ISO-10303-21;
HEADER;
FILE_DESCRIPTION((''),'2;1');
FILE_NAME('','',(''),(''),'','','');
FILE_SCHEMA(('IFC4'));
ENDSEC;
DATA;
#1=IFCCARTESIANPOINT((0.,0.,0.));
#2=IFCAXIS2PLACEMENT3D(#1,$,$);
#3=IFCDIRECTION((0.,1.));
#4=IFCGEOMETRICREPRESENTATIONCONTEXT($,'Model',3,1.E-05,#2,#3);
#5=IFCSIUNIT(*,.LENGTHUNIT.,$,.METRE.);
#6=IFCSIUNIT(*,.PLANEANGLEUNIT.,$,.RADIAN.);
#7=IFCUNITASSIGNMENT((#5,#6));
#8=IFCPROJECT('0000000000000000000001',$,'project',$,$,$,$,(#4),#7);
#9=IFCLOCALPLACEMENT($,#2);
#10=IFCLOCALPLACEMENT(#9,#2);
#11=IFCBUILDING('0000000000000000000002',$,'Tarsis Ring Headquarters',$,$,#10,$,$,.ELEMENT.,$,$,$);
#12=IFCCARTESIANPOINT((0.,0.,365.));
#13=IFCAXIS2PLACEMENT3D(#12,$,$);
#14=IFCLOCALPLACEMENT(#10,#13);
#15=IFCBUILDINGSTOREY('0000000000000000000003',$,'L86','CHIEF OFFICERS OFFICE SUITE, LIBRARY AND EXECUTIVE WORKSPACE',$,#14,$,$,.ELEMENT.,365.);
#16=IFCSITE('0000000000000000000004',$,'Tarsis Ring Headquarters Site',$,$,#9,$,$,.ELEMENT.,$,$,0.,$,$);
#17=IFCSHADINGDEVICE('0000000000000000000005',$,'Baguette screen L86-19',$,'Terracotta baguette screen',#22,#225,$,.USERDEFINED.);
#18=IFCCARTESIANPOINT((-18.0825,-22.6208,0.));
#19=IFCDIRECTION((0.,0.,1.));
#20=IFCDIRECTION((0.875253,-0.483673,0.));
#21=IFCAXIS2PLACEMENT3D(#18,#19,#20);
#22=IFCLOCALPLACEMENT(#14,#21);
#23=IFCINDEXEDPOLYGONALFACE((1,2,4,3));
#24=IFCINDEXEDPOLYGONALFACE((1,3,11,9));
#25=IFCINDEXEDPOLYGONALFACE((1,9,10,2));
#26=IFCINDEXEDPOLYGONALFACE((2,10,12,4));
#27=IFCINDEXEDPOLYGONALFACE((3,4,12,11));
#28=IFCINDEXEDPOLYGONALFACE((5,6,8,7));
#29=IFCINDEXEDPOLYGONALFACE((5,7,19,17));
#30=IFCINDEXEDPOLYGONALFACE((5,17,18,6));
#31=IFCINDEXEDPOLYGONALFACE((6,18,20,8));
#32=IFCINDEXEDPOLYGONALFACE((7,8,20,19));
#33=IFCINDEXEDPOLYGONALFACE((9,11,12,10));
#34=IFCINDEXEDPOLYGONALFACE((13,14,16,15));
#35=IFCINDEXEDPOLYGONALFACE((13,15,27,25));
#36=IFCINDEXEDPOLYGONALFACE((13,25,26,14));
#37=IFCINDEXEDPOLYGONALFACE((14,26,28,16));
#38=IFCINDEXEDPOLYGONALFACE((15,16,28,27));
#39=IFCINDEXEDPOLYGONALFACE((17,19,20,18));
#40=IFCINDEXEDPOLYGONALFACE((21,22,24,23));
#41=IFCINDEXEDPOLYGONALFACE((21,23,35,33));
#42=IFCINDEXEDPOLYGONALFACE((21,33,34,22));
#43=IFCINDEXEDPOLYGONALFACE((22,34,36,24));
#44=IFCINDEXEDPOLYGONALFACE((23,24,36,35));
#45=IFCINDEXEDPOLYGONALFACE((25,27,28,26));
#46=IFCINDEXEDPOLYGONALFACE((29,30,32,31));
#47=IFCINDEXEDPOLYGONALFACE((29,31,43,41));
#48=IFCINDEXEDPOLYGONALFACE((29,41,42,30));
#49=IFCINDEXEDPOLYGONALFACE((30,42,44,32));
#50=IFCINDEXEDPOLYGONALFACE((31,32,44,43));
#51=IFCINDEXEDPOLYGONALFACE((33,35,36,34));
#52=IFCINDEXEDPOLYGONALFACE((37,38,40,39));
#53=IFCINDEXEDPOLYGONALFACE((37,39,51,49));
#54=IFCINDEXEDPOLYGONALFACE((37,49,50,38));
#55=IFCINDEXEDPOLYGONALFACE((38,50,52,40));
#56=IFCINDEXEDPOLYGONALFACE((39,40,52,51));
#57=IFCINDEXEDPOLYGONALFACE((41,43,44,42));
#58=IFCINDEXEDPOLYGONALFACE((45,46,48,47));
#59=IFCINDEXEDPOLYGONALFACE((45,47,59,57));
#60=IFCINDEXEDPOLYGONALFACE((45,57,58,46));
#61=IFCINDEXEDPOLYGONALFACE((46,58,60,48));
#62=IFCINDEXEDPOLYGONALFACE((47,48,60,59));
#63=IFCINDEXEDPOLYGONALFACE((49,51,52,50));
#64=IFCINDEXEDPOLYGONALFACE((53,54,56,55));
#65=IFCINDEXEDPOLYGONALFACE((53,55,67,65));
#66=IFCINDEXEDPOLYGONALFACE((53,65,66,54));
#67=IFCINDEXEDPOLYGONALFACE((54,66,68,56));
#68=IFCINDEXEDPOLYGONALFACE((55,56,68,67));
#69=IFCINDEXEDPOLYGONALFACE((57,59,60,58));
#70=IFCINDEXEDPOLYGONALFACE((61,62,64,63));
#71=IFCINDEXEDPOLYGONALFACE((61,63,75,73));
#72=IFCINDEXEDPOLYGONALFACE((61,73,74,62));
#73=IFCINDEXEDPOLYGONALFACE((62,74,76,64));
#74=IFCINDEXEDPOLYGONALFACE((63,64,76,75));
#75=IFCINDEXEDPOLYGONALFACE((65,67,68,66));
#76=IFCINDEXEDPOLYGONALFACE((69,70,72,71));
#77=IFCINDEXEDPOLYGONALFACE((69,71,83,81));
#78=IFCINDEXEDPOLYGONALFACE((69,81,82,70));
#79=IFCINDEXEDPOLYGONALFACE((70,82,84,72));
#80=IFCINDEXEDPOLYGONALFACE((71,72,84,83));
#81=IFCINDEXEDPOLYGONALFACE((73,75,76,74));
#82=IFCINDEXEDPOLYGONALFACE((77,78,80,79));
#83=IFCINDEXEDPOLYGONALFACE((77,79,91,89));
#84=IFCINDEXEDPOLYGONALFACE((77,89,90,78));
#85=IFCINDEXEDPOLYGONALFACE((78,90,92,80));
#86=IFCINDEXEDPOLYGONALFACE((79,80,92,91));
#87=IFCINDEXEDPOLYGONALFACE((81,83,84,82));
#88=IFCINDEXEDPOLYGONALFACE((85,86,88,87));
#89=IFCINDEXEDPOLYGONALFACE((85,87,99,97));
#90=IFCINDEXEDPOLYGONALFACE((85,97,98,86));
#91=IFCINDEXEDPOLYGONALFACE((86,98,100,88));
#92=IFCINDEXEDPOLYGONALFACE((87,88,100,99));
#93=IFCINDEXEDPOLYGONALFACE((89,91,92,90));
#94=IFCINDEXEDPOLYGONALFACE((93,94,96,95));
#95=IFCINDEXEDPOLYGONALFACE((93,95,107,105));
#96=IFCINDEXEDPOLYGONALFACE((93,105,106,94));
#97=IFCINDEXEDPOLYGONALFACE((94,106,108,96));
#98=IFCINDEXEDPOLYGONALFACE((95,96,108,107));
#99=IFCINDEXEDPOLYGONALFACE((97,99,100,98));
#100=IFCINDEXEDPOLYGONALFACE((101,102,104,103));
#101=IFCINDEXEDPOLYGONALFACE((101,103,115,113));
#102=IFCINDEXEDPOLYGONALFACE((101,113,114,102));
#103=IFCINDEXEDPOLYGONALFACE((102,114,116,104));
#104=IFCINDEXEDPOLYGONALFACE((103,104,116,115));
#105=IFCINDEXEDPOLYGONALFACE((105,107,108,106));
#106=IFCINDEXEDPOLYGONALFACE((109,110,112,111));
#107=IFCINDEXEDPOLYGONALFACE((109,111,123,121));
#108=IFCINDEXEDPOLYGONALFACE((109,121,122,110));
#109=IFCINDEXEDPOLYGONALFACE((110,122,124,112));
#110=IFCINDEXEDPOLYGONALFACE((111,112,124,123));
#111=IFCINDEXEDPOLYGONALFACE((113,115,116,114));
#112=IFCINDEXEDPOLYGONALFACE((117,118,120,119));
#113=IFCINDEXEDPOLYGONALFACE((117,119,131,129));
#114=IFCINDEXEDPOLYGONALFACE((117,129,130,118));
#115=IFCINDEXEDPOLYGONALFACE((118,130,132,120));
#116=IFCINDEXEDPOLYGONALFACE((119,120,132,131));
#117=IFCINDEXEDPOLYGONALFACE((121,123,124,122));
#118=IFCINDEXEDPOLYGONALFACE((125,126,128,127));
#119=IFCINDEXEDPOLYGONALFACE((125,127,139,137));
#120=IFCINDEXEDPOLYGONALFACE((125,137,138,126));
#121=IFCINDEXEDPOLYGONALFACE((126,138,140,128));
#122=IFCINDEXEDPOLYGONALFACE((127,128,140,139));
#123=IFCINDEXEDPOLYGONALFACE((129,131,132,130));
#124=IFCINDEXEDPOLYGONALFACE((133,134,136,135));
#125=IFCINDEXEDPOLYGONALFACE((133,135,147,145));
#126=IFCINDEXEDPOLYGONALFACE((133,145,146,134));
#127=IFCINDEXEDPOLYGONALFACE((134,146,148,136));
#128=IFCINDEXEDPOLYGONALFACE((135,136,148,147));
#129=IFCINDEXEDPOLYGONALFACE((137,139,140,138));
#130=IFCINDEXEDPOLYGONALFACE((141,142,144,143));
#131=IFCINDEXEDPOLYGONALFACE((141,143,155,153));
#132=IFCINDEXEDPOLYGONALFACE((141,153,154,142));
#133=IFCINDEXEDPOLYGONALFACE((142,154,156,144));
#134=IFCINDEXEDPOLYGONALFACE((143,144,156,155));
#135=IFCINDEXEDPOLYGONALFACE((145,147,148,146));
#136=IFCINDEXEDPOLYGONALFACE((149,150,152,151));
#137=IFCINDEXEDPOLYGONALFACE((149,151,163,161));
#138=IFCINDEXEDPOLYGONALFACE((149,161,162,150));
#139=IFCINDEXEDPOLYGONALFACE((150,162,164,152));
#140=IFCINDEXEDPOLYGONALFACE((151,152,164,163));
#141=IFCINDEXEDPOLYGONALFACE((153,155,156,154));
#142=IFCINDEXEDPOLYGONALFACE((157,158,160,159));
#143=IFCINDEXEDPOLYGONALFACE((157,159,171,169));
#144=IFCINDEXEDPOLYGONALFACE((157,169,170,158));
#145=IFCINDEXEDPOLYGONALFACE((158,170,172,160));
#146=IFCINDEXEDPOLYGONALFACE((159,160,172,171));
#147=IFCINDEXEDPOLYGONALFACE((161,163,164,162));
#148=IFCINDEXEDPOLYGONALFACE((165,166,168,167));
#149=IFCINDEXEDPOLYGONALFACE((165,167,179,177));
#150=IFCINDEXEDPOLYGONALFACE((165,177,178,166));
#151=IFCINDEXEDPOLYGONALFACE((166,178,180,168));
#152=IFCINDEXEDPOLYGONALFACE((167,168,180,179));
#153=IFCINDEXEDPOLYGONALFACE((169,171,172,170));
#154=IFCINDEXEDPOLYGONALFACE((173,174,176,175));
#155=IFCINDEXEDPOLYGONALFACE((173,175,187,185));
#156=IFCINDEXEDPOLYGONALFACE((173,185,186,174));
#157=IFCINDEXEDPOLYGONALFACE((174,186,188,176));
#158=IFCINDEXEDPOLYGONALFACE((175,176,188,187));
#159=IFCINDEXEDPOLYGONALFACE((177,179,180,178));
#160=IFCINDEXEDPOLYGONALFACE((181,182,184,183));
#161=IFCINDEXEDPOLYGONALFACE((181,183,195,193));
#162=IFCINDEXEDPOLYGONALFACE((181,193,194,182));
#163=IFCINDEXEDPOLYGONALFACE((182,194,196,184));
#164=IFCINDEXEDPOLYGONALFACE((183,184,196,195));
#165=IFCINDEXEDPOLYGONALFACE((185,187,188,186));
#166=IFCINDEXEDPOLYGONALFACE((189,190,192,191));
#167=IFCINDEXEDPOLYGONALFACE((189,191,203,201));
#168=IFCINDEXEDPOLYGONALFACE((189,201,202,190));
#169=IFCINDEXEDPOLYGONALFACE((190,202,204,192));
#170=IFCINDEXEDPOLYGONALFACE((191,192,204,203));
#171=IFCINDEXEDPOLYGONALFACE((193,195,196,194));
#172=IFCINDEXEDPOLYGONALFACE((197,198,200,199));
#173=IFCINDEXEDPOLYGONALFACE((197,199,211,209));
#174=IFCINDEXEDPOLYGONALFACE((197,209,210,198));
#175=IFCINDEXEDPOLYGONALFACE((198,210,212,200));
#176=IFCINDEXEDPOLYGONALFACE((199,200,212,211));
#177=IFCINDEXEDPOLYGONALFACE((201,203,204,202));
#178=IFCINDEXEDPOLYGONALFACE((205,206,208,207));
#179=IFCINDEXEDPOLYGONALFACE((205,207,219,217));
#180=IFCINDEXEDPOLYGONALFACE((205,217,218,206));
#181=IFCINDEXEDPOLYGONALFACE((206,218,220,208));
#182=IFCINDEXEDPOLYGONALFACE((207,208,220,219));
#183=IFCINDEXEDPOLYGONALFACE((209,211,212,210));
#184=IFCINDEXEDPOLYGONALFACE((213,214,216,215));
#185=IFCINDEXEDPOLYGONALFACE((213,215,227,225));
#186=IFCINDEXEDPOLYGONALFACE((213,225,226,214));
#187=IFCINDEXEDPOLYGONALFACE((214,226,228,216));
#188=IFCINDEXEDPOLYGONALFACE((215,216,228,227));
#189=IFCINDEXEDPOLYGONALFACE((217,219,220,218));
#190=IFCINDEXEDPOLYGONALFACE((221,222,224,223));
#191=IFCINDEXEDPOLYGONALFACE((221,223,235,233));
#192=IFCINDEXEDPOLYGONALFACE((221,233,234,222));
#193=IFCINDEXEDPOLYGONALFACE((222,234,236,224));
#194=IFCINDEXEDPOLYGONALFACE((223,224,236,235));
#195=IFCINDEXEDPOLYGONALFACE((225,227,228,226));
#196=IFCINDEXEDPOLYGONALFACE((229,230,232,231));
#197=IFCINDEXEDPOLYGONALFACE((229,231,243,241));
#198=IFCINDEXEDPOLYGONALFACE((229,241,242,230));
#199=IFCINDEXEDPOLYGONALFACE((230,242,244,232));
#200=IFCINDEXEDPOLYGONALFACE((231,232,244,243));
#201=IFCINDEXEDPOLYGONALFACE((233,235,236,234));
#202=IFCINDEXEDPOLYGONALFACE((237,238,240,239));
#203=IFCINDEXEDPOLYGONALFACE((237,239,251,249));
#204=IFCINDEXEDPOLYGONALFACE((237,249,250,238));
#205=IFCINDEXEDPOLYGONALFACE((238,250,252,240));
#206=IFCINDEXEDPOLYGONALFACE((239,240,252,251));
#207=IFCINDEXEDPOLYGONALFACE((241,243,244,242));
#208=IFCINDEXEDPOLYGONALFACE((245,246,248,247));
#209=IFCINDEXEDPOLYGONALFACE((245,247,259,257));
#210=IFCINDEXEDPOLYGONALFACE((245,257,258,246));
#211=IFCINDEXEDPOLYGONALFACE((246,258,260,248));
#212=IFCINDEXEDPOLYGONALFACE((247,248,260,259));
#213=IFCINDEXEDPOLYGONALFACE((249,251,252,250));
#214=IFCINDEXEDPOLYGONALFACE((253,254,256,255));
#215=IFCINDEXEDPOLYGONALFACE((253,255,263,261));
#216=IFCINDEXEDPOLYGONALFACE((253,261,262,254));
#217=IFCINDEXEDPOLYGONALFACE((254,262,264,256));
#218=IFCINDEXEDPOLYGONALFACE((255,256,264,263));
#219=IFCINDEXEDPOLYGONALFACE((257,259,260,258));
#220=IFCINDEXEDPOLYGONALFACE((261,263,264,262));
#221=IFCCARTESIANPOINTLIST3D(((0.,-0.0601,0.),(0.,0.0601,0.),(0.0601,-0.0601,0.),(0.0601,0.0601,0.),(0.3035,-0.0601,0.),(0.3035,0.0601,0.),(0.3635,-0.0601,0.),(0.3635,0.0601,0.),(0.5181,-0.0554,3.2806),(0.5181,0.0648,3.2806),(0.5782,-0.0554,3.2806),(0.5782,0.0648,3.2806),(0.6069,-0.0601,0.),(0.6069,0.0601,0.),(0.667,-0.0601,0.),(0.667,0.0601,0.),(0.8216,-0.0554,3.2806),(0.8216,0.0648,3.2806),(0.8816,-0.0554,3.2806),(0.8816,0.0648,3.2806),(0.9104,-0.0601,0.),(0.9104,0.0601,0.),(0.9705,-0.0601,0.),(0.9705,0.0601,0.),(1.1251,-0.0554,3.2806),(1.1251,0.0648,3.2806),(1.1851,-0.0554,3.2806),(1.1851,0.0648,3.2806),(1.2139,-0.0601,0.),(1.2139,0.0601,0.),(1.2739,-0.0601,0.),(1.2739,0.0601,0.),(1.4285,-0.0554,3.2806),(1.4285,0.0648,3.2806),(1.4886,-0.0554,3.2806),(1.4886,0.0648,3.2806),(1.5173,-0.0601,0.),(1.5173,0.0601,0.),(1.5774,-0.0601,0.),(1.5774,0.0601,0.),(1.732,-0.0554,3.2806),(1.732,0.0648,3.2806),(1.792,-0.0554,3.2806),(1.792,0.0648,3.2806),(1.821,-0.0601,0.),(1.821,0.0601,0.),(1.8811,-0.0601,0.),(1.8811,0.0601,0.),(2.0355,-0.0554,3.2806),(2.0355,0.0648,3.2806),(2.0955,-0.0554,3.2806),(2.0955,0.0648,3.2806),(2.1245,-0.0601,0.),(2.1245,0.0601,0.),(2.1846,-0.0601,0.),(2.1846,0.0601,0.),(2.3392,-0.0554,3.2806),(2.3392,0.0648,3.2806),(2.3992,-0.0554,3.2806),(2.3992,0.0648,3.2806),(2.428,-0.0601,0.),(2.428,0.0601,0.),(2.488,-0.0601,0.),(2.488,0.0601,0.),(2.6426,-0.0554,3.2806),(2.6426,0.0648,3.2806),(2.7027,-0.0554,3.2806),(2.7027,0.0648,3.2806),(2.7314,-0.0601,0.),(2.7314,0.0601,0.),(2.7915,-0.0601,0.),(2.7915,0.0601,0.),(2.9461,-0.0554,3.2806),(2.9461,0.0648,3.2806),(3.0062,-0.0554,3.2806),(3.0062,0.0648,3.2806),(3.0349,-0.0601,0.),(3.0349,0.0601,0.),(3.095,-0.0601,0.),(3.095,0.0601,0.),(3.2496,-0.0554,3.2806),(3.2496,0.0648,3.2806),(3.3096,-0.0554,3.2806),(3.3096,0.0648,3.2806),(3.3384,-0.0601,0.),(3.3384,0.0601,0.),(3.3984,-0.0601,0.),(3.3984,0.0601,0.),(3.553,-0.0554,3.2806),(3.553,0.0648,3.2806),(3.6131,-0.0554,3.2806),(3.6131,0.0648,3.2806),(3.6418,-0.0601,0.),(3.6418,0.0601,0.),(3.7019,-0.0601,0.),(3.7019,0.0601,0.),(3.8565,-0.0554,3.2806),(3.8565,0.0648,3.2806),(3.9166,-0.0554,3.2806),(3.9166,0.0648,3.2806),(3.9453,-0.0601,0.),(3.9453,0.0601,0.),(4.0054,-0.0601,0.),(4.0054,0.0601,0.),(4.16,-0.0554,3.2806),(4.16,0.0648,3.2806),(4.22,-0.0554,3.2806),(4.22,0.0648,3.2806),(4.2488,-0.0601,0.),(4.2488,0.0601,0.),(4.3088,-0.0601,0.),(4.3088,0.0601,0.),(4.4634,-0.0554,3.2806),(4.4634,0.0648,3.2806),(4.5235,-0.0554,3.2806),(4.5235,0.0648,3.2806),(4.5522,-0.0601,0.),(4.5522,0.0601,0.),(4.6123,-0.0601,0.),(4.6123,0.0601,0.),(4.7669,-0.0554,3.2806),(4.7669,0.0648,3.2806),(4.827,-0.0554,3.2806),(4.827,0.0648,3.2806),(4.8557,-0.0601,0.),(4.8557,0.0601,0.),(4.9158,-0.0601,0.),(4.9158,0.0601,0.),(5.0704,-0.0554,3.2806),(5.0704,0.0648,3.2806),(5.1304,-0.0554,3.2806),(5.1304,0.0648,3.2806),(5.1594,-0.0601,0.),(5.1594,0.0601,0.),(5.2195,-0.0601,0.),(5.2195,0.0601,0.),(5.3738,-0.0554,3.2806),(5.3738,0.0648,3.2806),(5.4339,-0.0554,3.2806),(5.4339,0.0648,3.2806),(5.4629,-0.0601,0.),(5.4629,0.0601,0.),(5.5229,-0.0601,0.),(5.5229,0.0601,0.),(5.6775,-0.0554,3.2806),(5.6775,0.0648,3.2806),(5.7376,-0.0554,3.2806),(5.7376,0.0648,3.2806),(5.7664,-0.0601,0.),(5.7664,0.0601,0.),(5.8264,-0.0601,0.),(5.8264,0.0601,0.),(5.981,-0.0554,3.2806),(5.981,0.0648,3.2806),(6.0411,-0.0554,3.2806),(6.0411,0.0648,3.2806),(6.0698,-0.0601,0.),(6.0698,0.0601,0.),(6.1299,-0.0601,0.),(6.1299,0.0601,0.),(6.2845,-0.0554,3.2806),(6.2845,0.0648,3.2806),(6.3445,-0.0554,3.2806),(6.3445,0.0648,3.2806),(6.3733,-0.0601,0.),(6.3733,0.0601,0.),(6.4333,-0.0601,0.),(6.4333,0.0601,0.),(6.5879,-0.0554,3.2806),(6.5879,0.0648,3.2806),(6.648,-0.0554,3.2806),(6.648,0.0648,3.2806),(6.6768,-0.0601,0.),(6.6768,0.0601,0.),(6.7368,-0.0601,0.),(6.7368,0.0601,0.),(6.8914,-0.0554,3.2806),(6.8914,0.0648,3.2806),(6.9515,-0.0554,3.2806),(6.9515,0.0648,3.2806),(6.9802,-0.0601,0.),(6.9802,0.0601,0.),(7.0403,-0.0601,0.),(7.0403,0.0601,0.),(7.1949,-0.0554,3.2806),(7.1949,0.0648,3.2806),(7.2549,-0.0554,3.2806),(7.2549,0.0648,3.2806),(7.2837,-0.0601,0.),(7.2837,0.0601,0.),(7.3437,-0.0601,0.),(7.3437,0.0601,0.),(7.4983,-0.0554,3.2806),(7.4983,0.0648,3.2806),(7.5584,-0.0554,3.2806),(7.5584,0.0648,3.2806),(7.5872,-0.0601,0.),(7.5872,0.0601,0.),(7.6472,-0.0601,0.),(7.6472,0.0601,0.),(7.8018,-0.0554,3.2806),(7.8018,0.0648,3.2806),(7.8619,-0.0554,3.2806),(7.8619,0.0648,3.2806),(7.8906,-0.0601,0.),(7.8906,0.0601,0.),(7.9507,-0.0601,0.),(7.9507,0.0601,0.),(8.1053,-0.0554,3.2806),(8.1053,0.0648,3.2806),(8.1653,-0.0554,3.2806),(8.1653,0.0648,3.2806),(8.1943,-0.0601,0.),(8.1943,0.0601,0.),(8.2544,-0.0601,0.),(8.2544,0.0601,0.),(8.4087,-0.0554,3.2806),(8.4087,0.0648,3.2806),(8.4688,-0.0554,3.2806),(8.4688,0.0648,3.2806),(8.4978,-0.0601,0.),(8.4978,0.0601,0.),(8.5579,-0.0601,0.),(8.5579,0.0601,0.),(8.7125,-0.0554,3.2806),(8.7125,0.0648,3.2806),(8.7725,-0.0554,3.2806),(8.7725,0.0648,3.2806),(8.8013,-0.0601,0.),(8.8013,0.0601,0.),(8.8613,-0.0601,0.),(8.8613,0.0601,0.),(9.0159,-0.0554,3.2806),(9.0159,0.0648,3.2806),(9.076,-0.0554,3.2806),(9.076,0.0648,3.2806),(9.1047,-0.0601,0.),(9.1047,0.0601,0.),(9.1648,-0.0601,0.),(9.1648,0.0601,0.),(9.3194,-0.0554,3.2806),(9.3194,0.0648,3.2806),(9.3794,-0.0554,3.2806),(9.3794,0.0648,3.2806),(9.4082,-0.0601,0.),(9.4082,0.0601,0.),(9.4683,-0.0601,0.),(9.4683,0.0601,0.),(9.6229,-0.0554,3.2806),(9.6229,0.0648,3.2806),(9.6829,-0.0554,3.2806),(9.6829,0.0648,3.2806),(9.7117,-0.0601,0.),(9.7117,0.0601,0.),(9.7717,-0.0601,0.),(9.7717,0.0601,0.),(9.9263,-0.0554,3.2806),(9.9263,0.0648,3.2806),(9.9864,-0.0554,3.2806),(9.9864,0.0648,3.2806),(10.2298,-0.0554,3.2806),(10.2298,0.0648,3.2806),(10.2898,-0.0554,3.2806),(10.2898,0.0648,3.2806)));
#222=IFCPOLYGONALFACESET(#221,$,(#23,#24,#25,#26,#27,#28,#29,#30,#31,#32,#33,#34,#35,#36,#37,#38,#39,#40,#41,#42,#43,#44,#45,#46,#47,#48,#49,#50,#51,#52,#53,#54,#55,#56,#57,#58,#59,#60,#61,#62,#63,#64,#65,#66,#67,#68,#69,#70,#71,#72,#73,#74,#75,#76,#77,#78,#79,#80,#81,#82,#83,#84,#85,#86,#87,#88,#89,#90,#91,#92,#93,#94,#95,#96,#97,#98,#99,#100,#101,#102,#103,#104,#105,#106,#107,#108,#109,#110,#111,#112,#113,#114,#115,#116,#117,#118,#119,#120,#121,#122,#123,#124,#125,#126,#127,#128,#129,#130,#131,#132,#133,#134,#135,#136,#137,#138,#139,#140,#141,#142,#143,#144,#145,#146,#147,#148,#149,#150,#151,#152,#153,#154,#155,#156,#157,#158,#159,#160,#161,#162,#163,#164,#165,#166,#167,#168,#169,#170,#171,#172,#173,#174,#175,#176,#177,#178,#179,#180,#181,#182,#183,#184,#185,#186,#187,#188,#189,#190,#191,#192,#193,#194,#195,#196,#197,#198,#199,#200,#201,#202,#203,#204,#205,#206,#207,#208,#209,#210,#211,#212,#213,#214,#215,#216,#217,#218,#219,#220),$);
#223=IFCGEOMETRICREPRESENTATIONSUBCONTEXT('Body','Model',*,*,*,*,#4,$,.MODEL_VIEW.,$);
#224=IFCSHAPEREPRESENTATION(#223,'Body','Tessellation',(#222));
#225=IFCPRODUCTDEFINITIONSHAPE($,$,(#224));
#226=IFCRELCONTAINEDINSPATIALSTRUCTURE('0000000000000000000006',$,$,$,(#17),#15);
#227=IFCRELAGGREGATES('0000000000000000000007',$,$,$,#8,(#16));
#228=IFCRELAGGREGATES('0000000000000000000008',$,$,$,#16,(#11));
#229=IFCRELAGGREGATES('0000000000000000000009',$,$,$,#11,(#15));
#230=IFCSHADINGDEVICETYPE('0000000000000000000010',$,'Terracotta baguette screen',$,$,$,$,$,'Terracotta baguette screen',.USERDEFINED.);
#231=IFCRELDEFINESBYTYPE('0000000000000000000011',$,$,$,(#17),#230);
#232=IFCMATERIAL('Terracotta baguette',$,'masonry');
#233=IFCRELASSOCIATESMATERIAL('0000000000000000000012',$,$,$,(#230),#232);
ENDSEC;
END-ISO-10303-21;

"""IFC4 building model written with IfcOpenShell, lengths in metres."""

from ifc_helpers import new_model, si_unit, direction, frame, frame_2d, origin, place, context, subcontext, project, spatial, rectangle, composite_profile, extrude, material, type_object, element, save


model = new_model("IFC4")

# Units and contexts
model_context = context("Model", 3, precision=1e-05, world=origin(), true_north=direction((0.0, 1.0)))
body_context = subcontext(model_context, "Body", "Model", "MODEL_VIEW")
ifc_project = project(units=[si_unit("LENGTHUNIT", "METRE"), si_unit("PLANEANGLEUNIT", "RADIAN")], contexts=[model_context])

# Site, building, storey
site_placement = place(None, origin())
site = spatial("IfcSite", under=ifc_project, at=site_placement, Name="Tarsis Ring Headquarters Site", CompositionType="ELEMENT", RefElevation=0.0)
building_placement = place(site_placement, origin())
building = spatial("IfcBuilding", under=site, at=building_placement, Name="Tarsis Ring Headquarters", CompositionType="ELEMENT")
storey_placement = place(building_placement, frame((0.0, 0.0, 365.0)))
storey = spatial("IfcBuildingStorey", under=building, at=storey_placement, Name="L86", Description="CHIEF OFFICERS OFFICE SUITE, LIBRARY AND EXECUTIVE WORKSPACE", CompositionType="ELEMENT", Elevation=365.0)

# Shading device
ifc_material_1 = material(Name="Terracotta baguette", Category="masonry")
shading_device_type_1 = type_object("IfcShadingDeviceType", Name="Terracotta baguette screen", ElementType="Terracotta baguette screen", PredefinedType="USERDEFINED", material=ifc_material_1)
shading_device_1_placement = place(storey_placement, frame((-18.0825, -22.6208, 0.0), z_axis=(0.0, 0.0, 1.0), x_axis=(0.875253, -0.483673, 0.0)))
element("IfcShadingDevice", 1, at=shading_device_1_placement, inside=storey, type_object=shading_device_type_1, Name="Baguette screen L86-19", ObjectType="Terracotta baguette screen", PredefinedType="USERDEFINED", context=body_context, shape_type="SweptSolid", body=[
    extrude(composite_profile([rectangle(XDim=0.0601, YDim=0.1201, at=frame_2d((0.03, 0.0))), rectangle(XDim=0.0601, YDim=0.1201, at=frame_2d((0.3335, 0.0))), rectangle(XDim=0.0601, YDim=0.1201, at=frame_2d((0.637, 0.0))), rectangle(XDim=0.0601, YDim=0.1201, at=frame_2d((0.9404, 0.0))), rectangle(XDim=0.0601, YDim=0.1201, at=frame_2d((1.2439, 0.0))), rectangle(XDim=0.0601, YDim=0.1201, at=frame_2d((1.5474, 0.0))), rectangle(XDim=0.0601, YDim=0.1201, at=frame_2d((1.8511, 0.0))), rectangle(XDim=0.0601, YDim=0.1201, at=frame_2d((2.1545, 0.0))), rectangle(XDim=0.0601, YDim=0.1201, at=frame_2d((2.458, 0.0))), rectangle(XDim=0.0601, YDim=0.1201, at=frame_2d((2.7615, 0.0))), rectangle(XDim=0.0601, YDim=0.1201, at=frame_2d((3.0649, 0.0))), rectangle(XDim=0.0601, YDim=0.1201, at=frame_2d((3.3684, 0.0))), rectangle(XDim=0.0601, YDim=0.1201, at=frame_2d((3.6719, 0.0))), rectangle(XDim=0.0601, YDim=0.1201, at=frame_2d((3.9753, 0.0))), rectangle(XDim=0.0601, YDim=0.1201, at=frame_2d((4.2788, 0.0))), rectangle(XDim=0.0601, YDim=0.1201, at=frame_2d((4.5823, 0.0))), rectangle(XDim=0.0601, YDim=0.1201, at=frame_2d((4.8857, 0.0))), rectangle(XDim=0.0601, YDim=0.1201, at=frame_2d((5.1895, 0.0))), rectangle(XDim=0.0601, YDim=0.1201, at=frame_2d((5.4929, 0.0))), rectangle(XDim=0.0601, YDim=0.1201, at=frame_2d((5.7964, 0.0))), rectangle(XDim=0.0601, YDim=0.1201, at=frame_2d((6.0999, 0.0))), rectangle(XDim=0.0601, YDim=0.1201, at=frame_2d((6.4033, 0.0))), rectangle(XDim=0.0601, YDim=0.1201, at=frame_2d((6.7068, 0.0))), rectangle(XDim=0.0601, YDim=0.1201, at=frame_2d((7.0103, 0.0))), rectangle(XDim=0.0601, YDim=0.1201, at=frame_2d((7.3137, 0.0))), rectangle(XDim=0.0601, YDim=0.1201, at=frame_2d((7.6172, 0.0))), rectangle(XDim=0.0601, YDim=0.1201, at=frame_2d((7.9207, 0.0))), rectangle(XDim=0.0601, YDim=0.1201, at=frame_2d((8.2244, 0.0))), rectangle(XDim=0.0601, YDim=0.1201, at=frame_2d((8.5278, 0.0))), rectangle(XDim=0.0601, YDim=0.1201, at=frame_2d((8.8313, 0.0))), rectangle(XDim=0.0601, YDim=0.1201, at=frame_2d((9.1348, 0.0))), rectangle(XDim=0.0601, YDim=0.1201, at=frame_2d((9.4382, 0.0))), rectangle(XDim=0.0601, YDim=0.1201, at=frame_2d((9.7417, 0.0)))]), origin(), (0.156, 0.001417, 0.987756), 3.3213),
])

save(model, "model.ifc")
